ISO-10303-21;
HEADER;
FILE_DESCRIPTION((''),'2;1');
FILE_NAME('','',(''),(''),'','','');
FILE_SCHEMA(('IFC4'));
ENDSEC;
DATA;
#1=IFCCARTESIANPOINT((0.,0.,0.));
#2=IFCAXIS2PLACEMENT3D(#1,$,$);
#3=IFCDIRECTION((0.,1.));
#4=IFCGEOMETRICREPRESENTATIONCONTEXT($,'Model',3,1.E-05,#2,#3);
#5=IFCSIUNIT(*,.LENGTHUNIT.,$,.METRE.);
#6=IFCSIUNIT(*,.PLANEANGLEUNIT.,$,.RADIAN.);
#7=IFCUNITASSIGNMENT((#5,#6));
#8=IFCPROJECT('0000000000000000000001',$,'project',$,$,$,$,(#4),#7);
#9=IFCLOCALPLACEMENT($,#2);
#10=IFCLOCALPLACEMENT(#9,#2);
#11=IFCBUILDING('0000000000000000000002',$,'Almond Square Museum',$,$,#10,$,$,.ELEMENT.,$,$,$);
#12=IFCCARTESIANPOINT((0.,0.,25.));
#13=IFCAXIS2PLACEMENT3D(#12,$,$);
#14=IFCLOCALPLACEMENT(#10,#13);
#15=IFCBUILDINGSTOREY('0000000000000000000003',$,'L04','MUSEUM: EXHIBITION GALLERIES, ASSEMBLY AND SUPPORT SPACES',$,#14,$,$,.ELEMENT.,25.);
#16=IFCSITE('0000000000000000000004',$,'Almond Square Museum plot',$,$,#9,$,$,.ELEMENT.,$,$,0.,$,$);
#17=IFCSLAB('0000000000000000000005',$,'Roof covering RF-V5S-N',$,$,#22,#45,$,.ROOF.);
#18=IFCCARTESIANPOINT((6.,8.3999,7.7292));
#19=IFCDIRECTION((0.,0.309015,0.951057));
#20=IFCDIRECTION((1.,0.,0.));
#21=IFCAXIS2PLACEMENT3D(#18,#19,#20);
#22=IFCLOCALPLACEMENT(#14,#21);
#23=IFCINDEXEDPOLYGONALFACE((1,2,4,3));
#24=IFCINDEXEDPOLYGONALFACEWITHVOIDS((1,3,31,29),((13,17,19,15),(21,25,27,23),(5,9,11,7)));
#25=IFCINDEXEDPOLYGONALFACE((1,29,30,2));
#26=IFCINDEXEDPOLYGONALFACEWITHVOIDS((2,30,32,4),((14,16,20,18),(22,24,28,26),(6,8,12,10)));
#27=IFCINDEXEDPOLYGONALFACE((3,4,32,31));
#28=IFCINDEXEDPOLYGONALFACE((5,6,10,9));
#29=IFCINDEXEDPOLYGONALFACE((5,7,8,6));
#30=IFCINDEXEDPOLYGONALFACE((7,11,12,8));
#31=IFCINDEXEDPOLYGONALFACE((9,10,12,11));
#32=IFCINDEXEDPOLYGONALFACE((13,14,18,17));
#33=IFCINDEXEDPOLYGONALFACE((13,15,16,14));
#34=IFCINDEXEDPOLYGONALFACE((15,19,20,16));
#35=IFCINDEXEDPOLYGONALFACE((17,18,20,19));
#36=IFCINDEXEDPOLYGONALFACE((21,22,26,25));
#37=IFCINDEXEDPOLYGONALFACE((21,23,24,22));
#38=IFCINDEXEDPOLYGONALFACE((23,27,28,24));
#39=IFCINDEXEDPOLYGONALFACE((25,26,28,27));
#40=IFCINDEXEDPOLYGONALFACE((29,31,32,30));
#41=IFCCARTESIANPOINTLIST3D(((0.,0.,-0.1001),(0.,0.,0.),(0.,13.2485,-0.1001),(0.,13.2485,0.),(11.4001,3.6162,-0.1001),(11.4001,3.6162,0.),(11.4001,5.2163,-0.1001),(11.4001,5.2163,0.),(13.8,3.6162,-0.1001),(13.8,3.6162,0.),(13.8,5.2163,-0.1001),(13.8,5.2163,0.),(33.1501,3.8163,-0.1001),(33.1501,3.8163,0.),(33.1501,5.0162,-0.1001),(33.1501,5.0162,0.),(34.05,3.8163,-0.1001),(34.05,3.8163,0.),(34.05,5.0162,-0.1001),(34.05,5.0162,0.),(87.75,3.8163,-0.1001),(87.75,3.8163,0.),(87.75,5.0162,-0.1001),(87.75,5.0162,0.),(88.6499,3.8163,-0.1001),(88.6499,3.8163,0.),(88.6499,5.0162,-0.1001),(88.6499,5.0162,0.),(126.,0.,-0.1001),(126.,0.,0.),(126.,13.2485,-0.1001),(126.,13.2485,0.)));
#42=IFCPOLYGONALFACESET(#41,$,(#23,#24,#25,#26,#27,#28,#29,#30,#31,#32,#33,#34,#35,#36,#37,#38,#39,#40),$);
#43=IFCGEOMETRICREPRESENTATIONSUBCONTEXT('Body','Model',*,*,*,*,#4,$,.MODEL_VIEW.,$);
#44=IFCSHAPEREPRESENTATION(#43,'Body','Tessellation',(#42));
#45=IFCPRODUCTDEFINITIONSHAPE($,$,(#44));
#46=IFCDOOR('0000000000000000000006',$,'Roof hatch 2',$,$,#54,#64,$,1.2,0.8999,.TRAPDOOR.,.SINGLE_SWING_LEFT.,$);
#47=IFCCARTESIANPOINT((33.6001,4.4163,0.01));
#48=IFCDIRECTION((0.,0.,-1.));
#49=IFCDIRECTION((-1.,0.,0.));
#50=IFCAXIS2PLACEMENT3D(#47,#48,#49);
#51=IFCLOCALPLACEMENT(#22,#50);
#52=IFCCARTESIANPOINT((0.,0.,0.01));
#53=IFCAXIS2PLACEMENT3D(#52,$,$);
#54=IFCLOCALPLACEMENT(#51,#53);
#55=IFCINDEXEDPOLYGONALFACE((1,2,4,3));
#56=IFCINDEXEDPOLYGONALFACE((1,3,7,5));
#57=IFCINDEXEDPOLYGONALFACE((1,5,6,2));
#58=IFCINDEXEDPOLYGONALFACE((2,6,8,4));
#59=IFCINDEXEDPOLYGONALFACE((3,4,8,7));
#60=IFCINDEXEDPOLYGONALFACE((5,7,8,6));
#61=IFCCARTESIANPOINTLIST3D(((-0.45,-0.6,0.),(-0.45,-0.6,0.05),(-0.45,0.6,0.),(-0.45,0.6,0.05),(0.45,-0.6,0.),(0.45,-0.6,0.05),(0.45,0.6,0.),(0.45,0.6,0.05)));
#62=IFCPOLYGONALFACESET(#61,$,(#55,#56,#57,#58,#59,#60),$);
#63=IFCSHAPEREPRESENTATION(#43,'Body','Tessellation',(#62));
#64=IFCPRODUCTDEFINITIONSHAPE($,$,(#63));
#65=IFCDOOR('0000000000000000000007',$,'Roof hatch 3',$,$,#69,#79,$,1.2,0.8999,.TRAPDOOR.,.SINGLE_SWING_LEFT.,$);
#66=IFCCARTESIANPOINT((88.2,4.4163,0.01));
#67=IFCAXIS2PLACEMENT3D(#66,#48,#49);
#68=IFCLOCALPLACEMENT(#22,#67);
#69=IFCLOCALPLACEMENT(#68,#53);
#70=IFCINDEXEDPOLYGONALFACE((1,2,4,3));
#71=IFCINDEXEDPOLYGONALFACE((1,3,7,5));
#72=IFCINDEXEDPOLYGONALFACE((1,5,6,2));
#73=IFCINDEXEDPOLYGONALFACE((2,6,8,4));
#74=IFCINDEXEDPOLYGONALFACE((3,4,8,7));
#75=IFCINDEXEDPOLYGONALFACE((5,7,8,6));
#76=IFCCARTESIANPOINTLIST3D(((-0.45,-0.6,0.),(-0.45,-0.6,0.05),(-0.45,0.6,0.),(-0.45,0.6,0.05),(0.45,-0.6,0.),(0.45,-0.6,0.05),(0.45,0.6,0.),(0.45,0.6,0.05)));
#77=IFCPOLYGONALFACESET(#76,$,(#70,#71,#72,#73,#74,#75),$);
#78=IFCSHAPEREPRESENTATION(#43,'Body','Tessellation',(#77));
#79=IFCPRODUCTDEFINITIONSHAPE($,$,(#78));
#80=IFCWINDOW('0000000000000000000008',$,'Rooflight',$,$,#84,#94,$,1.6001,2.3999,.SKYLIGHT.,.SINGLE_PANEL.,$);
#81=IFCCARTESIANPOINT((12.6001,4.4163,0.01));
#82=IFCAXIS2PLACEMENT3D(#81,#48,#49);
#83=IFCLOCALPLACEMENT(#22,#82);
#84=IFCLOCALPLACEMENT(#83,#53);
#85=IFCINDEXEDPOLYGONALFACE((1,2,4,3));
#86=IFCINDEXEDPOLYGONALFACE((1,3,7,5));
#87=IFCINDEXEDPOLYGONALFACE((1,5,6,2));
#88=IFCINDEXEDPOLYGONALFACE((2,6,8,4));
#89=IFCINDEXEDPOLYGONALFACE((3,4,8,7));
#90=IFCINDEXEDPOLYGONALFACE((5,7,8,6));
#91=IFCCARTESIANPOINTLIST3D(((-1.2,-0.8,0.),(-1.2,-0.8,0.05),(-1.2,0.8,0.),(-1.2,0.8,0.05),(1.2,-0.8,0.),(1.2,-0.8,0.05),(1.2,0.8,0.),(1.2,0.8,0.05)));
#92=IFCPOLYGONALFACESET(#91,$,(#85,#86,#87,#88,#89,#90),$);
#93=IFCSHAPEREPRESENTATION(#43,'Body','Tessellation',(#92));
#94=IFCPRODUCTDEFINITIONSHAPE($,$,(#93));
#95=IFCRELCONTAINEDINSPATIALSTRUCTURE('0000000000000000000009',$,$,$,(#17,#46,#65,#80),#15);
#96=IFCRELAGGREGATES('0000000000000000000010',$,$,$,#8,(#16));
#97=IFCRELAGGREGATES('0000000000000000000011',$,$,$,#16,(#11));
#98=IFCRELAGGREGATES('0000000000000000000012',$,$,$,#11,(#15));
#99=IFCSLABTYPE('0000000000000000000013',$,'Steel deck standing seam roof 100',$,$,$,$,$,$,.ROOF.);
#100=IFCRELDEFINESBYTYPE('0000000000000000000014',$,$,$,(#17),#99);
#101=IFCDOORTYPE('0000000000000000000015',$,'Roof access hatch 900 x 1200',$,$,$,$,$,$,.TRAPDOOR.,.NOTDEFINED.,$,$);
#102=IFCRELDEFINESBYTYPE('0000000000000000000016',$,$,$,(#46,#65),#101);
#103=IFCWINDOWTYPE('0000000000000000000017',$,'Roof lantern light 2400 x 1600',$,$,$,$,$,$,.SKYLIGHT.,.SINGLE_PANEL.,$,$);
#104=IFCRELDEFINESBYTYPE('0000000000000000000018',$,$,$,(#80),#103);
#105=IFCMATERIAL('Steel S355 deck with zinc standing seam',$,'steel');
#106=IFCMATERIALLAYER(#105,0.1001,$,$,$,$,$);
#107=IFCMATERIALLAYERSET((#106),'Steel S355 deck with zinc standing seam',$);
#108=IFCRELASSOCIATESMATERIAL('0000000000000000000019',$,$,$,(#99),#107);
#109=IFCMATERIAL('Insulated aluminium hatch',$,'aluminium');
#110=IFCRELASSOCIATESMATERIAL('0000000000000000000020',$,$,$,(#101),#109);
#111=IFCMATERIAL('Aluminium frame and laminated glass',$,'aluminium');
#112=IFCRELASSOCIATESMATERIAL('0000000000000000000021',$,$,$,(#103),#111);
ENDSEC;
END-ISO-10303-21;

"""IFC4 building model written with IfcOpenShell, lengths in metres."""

from ifc_helpers import new_model, si_unit, direction, frame, origin, origin_2d, place, context, subcontext, project, spatial, polyline, rectangle, outline, extrude, material, layer, layer_set, type_object, element, fill, save


model = new_model("IFC4")

# Units and contexts
model_context = context("Model", 3, precision=1e-05, world=origin(), true_north=direction((0.0, 1.0)))
body_context = subcontext(model_context, "Body", "Model", "MODEL_VIEW")
ifc_project = project(units=[si_unit("LENGTHUNIT", "METRE"), si_unit("PLANEANGLEUNIT", "RADIAN")], contexts=[model_context])

# Site, building, storey
site_placement = place(None, origin())
site = spatial("IfcSite", under=ifc_project, at=site_placement, Name="Almond Square Museum plot", CompositionType="ELEMENT", RefElevation=0.0)
building_placement = place(site_placement, origin())
building = spatial("IfcBuilding", under=site, at=building_placement, Name="Almond Square Museum", CompositionType="ELEMENT")
storey_placement = place(building_placement, frame((0.0, 0.0, 25.0)))
storey = spatial("IfcBuildingStorey", under=building, at=storey_placement, Name="L04", Description="MUSEUM: EXHIBITION GALLERIES, ASSEMBLY AND SUPPORT SPACES", CompositionType="ELEMENT", Elevation=25.0)

# Slab, openings, doors, window
ifc_material_1 = material(Name="Steel S355 deck with zinc standing seam", Category="steel")
ifc_layer_1 = layer(ifc_material_1, 0.1001)
ifc_layer_set_1 = layer_set([ifc_layer_1], Name="Steel S355 deck with zinc standing seam")
slab_type_1 = type_object("IfcSlabType", Name="Steel deck standing seam roof 100", PredefinedType="ROOF", material=ifc_layer_set_1)
slab_1_placement = place(storey_placement, frame((6.0, 8.3999, 7.7292), z_axis=(0.0, 0.309015, 0.951057), x_axis=(1.0, 0.0, 0.0)))
slab_1 = element("IfcSlab", 1, at=slab_1_placement, inside=storey, type_object=slab_type_1, Name="Roof covering RF-V5S-N", PredefinedType="ROOF", context=body_context, shape_type="SweptSolid", body=[
    extrude(outline(polyline([(0.0, 0.0), (126.0, 0.0), (126.0, 13.2485), (0.0, 13.2485), (0.0, 0.0)])), origin(), (0.0, 0.0, -1.0), 0.1001),
])
opening_1_placement = place(slab_1_placement, frame((12.6001, 4.4163, 0.01), z_axis=(0.0, 0.0, -1.0), x_axis=(-1.0, 0.0, 0.0)))
opening_1 = element("IfcOpeningElement", 2, at=opening_1_placement, cuts=slab_1, PredefinedType="OPENING", context=body_context, shape_type="SweptSolid", body=[
    extrude(rectangle(XDim=2.3999, YDim=1.6001, at=origin_2d()), origin(), (0.0, 0.0, 1.0), 0.1201),
])
opening_2_placement = place(slab_1_placement, frame((33.6001, 4.4163, 0.01), z_axis=(0.0, 0.0, -1.0), x_axis=(-1.0, 0.0, 0.0)))
opening_2 = element("IfcOpeningElement", 3, at=opening_2_placement, cuts=slab_1, PredefinedType="OPENING", context=body_context, shape_type="SweptSolid", body=[
    extrude(rectangle(XDim=0.8999, YDim=1.2, at=origin_2d()), origin(), (0.0, 0.0, 1.0), 0.1201),
])
opening_3_placement = place(slab_1_placement, frame((88.2, 4.4163, 0.01), z_axis=(0.0, 0.0, -1.0), x_axis=(-1.0, 0.0, 0.0)))
opening_3 = element("IfcOpeningElement", 4, at=opening_3_placement, cuts=slab_1, PredefinedType="OPENING", context=body_context, shape_type="SweptSolid", body=[
    extrude(rectangle(XDim=0.8999, YDim=1.2, at=origin_2d()), origin(), (0.0, 0.0, 1.0), 0.1201),
])
ifc_material_2 = material(Name="Insulated aluminium hatch", Category="aluminium")
door_type_1 = type_object("IfcDoorType", Name="Roof access hatch 900 x 1200", OperationType="NOTDEFINED", PredefinedType="TRAPDOOR", material=ifc_material_2)
door_1_placement = place(opening_2_placement, frame((0.0, 0.0, 0.01)))
door_1 = element("IfcDoor", 5, at=door_1_placement, inside=storey, type_object=door_type_1, Name="Roof hatch 2", OperationType="SINGLE_SWING_LEFT", OverallHeight=1.2, OverallWidth=0.8999, PredefinedType="TRAPDOOR", context=body_context, shape_type="SweptSolid", body=[
    extrude(rectangle(XDim=0.8999, YDim=1.2, at=origin_2d()), origin(), (0.0, 0.0, 1.0), 0.05),
])
fill(opening_2, door_1)
door_2_placement = place(opening_3_placement, frame((0.0, 0.0, 0.01)))
door_2 = element("IfcDoor", 6, at=door_2_placement, inside=storey, type_object=door_type_1, Name="Roof hatch 3", OperationType="SINGLE_SWING_LEFT", OverallHeight=1.2, OverallWidth=0.8999, PredefinedType="TRAPDOOR", context=body_context, shape_type="SweptSolid", body=[
    extrude(rectangle(XDim=0.8999, YDim=1.2, at=origin_2d()), origin(), (0.0, 0.0, 1.0), 0.05),
])
fill(opening_3, door_2)
ifc_material_3 = material(Name="Aluminium frame and laminated glass", Category="aluminium")
window_type_1 = type_object("IfcWindowType", Name="Roof lantern light 2400 x 1600", PartitioningType="SINGLE_PANEL", PredefinedType="SKYLIGHT", material=ifc_material_3)
window_1_placement = place(opening_1_placement, frame((0.0, 0.0, 0.01)))
window_1 = element("IfcWindow", 7, at=window_1_placement, inside=storey, type_object=window_type_1, Name="Rooflight", OverallHeight=1.6001, OverallWidth=2.3999, PartitioningType="SINGLE_PANEL", PredefinedType="SKYLIGHT", context=body_context, shape_type="SweptSolid", body=[
    extrude(rectangle(XDim=2.3999, YDim=1.6001, at=origin_2d()), origin(), (0.0, 0.0, 1.0), 0.05),
])
fill(opening_1, window_1)

save(model, "model.ifc")
